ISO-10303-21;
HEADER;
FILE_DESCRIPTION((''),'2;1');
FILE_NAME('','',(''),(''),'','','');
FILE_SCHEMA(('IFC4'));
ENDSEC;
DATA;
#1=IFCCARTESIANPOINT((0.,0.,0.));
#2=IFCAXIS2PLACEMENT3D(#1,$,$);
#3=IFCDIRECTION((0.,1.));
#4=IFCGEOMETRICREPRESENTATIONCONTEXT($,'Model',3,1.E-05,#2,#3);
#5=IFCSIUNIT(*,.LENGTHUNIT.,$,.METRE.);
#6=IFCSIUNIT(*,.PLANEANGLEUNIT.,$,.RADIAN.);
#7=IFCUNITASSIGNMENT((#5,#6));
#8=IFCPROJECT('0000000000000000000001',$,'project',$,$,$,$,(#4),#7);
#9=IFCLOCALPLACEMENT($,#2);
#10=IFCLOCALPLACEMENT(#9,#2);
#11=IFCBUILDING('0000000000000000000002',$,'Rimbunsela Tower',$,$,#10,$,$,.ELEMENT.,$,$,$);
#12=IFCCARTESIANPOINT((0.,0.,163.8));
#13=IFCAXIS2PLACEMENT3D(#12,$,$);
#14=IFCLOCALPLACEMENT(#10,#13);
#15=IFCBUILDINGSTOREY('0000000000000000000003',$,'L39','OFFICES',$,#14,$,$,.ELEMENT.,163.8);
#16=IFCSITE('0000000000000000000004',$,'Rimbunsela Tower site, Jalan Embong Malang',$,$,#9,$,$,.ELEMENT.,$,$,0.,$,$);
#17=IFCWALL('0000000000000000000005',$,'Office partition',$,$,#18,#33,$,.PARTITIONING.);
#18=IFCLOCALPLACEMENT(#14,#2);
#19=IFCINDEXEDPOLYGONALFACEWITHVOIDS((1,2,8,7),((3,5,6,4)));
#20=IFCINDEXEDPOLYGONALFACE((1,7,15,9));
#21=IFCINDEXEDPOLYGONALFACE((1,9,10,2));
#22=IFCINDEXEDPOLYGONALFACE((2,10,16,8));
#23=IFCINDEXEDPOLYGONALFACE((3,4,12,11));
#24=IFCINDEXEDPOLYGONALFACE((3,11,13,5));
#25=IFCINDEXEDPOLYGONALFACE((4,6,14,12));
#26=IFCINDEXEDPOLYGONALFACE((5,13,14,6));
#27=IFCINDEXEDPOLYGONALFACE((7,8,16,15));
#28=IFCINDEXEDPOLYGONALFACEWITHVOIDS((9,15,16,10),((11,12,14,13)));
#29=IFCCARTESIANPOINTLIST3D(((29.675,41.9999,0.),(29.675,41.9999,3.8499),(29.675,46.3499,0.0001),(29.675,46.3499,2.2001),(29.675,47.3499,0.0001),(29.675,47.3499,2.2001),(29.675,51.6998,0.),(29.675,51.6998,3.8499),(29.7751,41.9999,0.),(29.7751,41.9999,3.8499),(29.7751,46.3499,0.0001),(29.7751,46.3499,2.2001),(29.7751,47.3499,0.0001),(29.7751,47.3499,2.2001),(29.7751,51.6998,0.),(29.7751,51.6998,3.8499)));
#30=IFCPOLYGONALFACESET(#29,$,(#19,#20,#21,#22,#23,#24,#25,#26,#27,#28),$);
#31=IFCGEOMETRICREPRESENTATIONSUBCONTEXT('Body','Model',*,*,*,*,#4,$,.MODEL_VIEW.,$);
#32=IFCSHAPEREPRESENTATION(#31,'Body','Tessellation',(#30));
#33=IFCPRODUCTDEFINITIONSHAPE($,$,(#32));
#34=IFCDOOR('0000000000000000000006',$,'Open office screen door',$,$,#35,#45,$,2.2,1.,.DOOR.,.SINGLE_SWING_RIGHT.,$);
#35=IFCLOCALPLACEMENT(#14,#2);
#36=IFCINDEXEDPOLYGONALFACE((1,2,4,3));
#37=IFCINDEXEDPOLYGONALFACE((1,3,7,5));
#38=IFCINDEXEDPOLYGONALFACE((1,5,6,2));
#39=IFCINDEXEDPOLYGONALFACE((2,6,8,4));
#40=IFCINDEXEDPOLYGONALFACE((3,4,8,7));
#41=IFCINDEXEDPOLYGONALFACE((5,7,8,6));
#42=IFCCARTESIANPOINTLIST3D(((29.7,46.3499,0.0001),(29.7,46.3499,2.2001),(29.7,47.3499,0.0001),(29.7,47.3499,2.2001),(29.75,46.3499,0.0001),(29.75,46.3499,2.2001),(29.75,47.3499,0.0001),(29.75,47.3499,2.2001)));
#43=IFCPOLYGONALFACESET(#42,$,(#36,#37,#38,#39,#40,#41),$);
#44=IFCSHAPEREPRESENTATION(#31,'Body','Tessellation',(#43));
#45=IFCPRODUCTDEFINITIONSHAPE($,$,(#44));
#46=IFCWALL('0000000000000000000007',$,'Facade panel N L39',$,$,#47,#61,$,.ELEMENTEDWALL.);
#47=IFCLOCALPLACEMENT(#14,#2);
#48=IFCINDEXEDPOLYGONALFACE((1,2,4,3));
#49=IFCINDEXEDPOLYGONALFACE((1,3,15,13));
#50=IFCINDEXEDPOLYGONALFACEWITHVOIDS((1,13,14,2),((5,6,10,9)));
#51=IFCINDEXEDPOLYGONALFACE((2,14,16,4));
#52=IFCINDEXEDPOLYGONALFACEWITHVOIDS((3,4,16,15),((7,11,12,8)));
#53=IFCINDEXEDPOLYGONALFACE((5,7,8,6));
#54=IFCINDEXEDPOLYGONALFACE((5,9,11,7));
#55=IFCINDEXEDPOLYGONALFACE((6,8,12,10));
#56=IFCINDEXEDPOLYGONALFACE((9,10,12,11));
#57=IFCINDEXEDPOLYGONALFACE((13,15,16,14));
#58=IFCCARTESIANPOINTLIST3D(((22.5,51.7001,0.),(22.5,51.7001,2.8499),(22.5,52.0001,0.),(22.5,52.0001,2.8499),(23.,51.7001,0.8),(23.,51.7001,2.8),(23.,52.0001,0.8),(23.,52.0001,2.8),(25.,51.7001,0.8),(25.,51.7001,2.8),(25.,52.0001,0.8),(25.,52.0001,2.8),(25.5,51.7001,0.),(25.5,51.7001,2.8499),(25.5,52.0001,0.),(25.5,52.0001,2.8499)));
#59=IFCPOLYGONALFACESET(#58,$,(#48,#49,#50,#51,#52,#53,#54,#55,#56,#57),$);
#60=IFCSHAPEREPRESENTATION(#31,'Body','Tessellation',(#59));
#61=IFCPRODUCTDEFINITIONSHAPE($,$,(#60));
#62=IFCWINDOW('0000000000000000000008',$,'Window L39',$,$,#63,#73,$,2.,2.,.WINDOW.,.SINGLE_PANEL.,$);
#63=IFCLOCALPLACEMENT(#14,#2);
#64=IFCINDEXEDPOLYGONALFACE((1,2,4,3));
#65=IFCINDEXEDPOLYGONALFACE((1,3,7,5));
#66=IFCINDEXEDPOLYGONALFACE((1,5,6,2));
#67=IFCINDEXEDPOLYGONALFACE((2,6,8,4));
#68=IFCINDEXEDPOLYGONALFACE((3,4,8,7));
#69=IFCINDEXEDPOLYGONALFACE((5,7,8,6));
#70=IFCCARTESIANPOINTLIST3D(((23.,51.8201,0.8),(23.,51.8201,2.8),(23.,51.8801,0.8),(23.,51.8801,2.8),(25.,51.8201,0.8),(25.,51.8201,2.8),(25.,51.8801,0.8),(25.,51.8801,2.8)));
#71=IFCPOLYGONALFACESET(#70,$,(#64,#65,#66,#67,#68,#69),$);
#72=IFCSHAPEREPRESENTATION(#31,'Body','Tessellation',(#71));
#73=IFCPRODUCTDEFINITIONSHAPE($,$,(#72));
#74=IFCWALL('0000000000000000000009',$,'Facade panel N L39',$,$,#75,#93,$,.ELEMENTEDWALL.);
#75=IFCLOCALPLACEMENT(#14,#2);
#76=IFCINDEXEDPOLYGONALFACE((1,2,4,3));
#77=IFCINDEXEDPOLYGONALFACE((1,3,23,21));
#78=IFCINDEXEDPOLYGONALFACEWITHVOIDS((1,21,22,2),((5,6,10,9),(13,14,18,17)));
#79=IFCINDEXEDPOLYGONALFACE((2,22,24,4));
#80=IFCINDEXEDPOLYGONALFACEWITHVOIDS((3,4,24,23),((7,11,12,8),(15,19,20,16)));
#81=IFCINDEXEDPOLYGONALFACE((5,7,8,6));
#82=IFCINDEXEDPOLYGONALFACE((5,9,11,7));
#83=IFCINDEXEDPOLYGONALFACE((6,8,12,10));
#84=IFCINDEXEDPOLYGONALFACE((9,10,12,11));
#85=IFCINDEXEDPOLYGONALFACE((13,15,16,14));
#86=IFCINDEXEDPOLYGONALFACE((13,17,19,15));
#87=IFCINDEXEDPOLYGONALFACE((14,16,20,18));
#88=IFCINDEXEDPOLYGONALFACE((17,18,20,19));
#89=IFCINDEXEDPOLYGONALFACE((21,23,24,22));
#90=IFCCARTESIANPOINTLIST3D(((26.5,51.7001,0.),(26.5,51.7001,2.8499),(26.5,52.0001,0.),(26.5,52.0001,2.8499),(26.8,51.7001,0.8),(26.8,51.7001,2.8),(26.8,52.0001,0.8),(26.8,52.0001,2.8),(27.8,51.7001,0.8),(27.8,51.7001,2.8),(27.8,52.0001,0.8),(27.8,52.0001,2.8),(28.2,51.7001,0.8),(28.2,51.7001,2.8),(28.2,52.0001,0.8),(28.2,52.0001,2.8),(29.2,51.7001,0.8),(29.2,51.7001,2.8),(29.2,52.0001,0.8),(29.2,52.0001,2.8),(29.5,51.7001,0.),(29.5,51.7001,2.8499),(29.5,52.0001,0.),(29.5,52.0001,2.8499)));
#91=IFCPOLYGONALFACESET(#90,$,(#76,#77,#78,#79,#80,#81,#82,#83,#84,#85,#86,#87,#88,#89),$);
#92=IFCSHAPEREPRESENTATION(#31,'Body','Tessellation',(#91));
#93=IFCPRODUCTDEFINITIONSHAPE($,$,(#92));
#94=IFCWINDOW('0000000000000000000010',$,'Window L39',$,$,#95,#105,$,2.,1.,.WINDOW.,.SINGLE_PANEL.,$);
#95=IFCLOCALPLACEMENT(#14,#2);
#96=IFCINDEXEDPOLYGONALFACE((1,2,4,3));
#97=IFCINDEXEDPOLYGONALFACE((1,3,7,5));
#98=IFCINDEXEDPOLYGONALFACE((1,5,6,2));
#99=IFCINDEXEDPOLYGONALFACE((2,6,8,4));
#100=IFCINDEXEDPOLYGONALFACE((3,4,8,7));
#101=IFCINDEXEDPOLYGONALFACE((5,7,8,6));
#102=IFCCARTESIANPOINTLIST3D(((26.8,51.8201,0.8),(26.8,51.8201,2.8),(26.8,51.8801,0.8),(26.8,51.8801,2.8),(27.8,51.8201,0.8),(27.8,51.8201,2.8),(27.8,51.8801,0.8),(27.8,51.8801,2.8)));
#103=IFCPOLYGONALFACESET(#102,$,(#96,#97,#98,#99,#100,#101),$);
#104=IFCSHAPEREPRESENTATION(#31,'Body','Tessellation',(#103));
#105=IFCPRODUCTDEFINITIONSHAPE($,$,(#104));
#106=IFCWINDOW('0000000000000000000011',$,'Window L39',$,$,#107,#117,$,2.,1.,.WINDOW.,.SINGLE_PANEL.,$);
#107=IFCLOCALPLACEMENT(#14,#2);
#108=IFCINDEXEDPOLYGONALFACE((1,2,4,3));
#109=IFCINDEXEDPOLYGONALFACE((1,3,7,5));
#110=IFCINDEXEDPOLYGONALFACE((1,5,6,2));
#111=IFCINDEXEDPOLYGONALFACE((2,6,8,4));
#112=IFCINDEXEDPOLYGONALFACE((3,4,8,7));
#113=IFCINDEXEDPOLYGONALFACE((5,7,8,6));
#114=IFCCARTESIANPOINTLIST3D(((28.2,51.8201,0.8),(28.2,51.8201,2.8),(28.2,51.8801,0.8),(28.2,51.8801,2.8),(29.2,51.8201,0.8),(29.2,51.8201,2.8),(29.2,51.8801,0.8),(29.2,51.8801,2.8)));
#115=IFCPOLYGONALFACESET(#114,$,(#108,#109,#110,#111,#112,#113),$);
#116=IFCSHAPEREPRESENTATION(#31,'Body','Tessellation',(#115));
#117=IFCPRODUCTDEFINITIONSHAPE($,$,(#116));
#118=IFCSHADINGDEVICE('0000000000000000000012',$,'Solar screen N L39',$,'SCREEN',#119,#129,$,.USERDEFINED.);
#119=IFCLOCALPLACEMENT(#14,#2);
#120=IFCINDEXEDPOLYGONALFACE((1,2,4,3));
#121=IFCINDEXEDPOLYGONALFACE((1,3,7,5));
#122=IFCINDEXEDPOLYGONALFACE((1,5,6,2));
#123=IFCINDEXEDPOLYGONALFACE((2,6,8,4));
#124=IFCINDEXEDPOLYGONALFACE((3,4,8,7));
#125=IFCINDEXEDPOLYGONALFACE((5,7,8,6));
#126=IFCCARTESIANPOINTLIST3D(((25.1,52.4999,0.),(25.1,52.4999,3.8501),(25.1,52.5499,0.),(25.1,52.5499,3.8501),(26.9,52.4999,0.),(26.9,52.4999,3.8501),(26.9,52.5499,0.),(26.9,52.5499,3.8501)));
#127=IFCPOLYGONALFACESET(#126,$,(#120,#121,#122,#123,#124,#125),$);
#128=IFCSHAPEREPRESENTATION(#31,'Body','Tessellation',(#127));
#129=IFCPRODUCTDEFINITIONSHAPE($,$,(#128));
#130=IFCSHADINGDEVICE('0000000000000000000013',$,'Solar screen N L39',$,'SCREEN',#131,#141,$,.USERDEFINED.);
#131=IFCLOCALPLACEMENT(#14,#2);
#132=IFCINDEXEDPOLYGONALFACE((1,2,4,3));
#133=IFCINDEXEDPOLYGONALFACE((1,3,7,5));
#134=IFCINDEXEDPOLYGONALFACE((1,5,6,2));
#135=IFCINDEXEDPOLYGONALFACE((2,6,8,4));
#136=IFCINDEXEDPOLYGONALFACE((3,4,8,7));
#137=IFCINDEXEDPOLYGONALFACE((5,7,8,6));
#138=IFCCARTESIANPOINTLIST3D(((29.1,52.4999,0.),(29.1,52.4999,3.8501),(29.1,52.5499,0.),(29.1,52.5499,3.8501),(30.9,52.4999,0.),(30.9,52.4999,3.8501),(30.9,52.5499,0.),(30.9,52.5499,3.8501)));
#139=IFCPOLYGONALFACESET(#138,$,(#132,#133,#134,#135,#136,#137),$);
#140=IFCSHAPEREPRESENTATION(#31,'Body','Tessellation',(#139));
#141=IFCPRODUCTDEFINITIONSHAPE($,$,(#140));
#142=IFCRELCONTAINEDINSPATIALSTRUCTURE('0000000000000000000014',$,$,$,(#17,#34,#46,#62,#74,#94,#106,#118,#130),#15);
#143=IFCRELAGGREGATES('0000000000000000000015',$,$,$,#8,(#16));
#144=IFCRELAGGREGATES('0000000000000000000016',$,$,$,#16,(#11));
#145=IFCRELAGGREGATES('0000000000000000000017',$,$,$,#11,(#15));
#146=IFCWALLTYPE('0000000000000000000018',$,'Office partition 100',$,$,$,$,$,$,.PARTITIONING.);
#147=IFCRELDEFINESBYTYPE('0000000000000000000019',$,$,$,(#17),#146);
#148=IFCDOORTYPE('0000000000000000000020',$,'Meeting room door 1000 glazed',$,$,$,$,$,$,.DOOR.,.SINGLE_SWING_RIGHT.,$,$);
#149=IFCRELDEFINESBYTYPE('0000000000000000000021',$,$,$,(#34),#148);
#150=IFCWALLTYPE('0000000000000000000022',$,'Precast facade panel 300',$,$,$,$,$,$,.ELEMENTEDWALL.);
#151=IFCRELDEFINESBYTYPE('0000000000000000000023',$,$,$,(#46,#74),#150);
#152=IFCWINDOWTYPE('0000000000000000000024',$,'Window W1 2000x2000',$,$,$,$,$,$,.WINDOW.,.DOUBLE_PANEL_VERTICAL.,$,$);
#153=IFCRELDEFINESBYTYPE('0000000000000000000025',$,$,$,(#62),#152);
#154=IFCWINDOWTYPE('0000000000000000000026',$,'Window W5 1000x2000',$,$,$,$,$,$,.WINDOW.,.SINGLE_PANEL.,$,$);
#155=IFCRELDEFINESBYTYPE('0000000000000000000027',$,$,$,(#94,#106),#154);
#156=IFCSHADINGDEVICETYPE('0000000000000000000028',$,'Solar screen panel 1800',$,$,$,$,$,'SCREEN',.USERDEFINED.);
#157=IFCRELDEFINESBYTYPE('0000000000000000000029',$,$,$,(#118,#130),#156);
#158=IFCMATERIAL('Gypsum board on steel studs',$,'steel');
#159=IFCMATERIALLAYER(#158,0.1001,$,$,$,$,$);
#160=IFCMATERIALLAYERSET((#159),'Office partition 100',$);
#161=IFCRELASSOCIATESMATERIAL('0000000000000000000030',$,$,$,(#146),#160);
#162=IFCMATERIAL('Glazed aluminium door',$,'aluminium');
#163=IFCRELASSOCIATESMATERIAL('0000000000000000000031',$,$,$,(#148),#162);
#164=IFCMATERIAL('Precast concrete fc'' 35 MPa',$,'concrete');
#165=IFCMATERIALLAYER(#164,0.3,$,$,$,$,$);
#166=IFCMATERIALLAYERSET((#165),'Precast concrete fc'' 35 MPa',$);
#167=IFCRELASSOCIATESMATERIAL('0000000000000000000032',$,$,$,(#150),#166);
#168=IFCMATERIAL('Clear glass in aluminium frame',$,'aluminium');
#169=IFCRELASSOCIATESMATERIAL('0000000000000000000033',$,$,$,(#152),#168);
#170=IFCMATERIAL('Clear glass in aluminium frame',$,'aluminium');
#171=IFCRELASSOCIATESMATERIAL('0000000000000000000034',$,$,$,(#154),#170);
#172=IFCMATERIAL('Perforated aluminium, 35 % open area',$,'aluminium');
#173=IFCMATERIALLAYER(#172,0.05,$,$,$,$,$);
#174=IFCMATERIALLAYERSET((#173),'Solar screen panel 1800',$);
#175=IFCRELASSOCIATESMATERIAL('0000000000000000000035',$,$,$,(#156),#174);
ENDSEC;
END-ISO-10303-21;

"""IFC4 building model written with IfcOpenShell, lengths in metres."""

from ifc_helpers import new_model, si_unit, direction, frame, frame_2d, origin, origin_2d, place, context, subcontext, project, spatial, rectangle, extrude, material, layer, layer_set, type_object, element, fill, save


model = new_model("IFC4")

# Units and contexts
model_context = context("Model", 3, precision=1e-05, world=origin(), true_north=direction((0.0, 1.0)))
body_context = subcontext(model_context, "Body", "Model", "MODEL_VIEW")
ifc_project = project(units=[si_unit("LENGTHUNIT", "METRE"), si_unit("PLANEANGLEUNIT", "RADIAN")], contexts=[model_context])

# Site, building, storey
site_placement = place(None, origin())
site = spatial("IfcSite", under=ifc_project, at=site_placement, Name="Rimbunsela Tower site, Jalan Embong Malang", CompositionType="ELEMENT", RefElevation=0.0)
building_placement = place(site_placement, origin())
building = spatial("IfcBuilding", under=site, at=building_placement, Name="Rimbunsela Tower", CompositionType="ELEMENT")
storey_placement = place(building_placement, frame((0.0, 0.0, 163.8)))
storey = spatial("IfcBuildingStorey", under=building, at=storey_placement, Name="L39", Description="OFFICES", CompositionType="ELEMENT", Elevation=163.8)

# Shared definitions
ifc_material_1 = material(Name="Gypsum board on steel studs", Category="steel")
ifc_layer_1 = layer(ifc_material_1, 0.1001)
ifc_layer_set_1 = layer_set([ifc_layer_1], Name="Office partition 100")
wall_type_1 = type_object("IfcWallType", Name="Office partition 100", PredefinedType="PARTITIONING", material=ifc_layer_set_1)

# Wall, opening, door
wall_1_placement = place(storey_placement, frame((29.7251, 51.7, 0.0), z_axis=(0.0, 0.0, 1.0), x_axis=(0.0, -1.0, 0.0)))
wall_1 = element("IfcWall", 1, at=wall_1_placement, inside=storey, type_object=wall_type_1, Name="Office partition", PredefinedType="PARTITIONING", context=body_context, shape_type="SweptSolid", body=[
    extrude(rectangle(XDim=9.7, YDim=0.1001, at=frame_2d((4.8501, 0.0))), origin(), (0.0, 0.0, 1.0), 3.8499),
])
opening_1_placement = place(wall_1_placement, frame((4.3501, 0.0, 0.0)))
opening_1 = element("IfcOpeningElement", 2, at=opening_1_placement, cuts=wall_1, PredefinedType="OPENING", context=body_context, shape_type="SweptSolid", body=[
    extrude(rectangle(XDim=1.0, YDim=2.2, at=frame_2d((0.5, 1.1001))), frame((0.0, 0.0601, 0.0), z_axis=(0.0, -1.0, 0.0), x_axis=(1.0, 0.0, 0.0)), (0.0, 0.0, 1.0), 0.1201),
])
ifc_material_2 = material(Name="Glazed aluminium door", Category="aluminium")
door_type_1 = type_object("IfcDoorType", Name="Meeting room door 1000 glazed", OperationType="SINGLE_SWING_RIGHT", PredefinedType="DOOR", material=ifc_material_2)
door_1_placement = place(opening_1_placement, origin())
door_1 = element("IfcDoor", 3, at=door_1_placement, inside=storey, type_object=door_type_1, Name="Open office screen door", OperationType="SINGLE_SWING_RIGHT", OverallHeight=2.2, OverallWidth=1.0, PredefinedType="DOOR", context=body_context, shape_type="SweptSolid", body=[
    extrude(rectangle(XDim=1.0, YDim=2.2, at=frame_2d((0.5, 1.1001))), frame((0.0, 0.0249, 0.0), z_axis=(0.0, -1.0, 0.0), x_axis=(1.0, 0.0, 0.0)), (0.0, 0.0, 1.0), 0.05),
])
fill(opening_1, door_1)

# Wall, opening, window
ifc_material_3 = material(Name="Precast concrete fc' 35 MPa", Category="concrete")
ifc_layer_2 = layer(ifc_material_3, 0.3)
ifc_layer_set_2 = layer_set([ifc_layer_2], Name="Precast concrete fc' 35 MPa")
wall_type_2 = type_object("IfcWallType", Name="Precast facade panel 300", PredefinedType="ELEMENTEDWALL", material=ifc_layer_set_2)
wall_2_placement = place(storey_placement, frame((25.5, 51.8501, 0.0), z_axis=(0.0, 0.0, 1.0), x_axis=(-1.0, 0.0, 0.0)))
wall_2 = element("IfcWall", 4, at=wall_2_placement, inside=storey, type_object=wall_type_2, Name="Facade panel N L39", PredefinedType="ELEMENTEDWALL", context=body_context, shape_type="SweptSolid", body=[
    extrude(rectangle(XDim=3.0, YDim=0.3, at=frame_2d((1.5, 0.0))), origin(), (0.0, 0.0, 1.0), 2.8499),
])
opening_2_placement = place(wall_2_placement, frame((0.5, 0.0, 0.8)))
opening_2 = element("IfcOpeningElement", 5, at=opening_2_placement, cuts=wall_2, PredefinedType="OPENING", context=body_context, shape_type="SweptSolid", body=[
    extrude(rectangle(XDim=2.0, YDim=2.0, at=frame_2d((1.0, 1.0))), frame((0.0, 0.1599, 0.0), z_axis=(0.0, -1.0, 0.0), x_axis=(1.0, 0.0, 0.0)), (0.0, 0.0, 1.0), 0.3201),
])
ifc_material_4 = material(Name="Clear glass in aluminium frame", Category="aluminium")
window_type_1 = type_object("IfcWindowType", Name="Window W1 2000x2000", PartitioningType="DOUBLE_PANEL_VERTICAL", PredefinedType="WINDOW", material=ifc_material_4)
window_1_placement = place(opening_2_placement, origin())
window_1 = element("IfcWindow", 6, at=window_1_placement, inside=storey, type_object=window_type_1, Name="Window L39", OverallHeight=2.0, OverallWidth=2.0, PartitioningType="SINGLE_PANEL", PredefinedType="WINDOW", context=body_context, shape_type="SweptSolid", body=[
    extrude(rectangle(XDim=2.0, YDim=2.0, at=frame_2d((1.0, 1.0))), frame((0.0, 0.03, 0.0), z_axis=(0.0, -1.0, 0.0), x_axis=(1.0, 0.0, 0.0)), (0.0, 0.0, 1.0), 0.0601),
])
fill(opening_2, window_1)

# Wall, openings, windows
wall_3_placement = place(storey_placement, frame((29.5, 51.8501, 0.0), z_axis=(0.0, 0.0, 1.0), x_axis=(-1.0, 0.0, 0.0)))
wall_3 = element("IfcWall", 7, at=wall_3_placement, inside=storey, type_object=wall_type_2, Name="Facade panel N L39", PredefinedType="ELEMENTEDWALL", context=body_context, shape_type="SweptSolid", body=[
    extrude(rectangle(XDim=3.0, YDim=0.3, at=frame_2d((1.5, 0.0))), origin(), (0.0, 0.0, 1.0), 2.8499),
])
opening_3_placement = place(wall_3_placement, frame((1.7, 0.0, 0.8)))
opening_3 = element("IfcOpeningElement", 8, at=opening_3_placement, cuts=wall_3, PredefinedType="OPENING", context=body_context, shape_type="SweptSolid", body=[
    extrude(rectangle(XDim=1.0, YDim=2.0, at=frame_2d((0.5, 1.0))), frame((0.0, 0.1599, 0.0), z_axis=(0.0, -1.0, 0.0), x_axis=(1.0, 0.0, 0.0)), (0.0, 0.0, 1.0), 0.3201),
])
opening_4_placement = place(wall_3_placement, frame((0.3, 0.0, 0.8)))
opening_4 = element("IfcOpeningElement", 9, at=opening_4_placement, cuts=wall_3, PredefinedType="OPENING", context=body_context, shape_type="SweptSolid", body=[
    extrude(rectangle(XDim=1.0, YDim=2.0, at=frame_2d((0.5, 1.0))), frame((0.0, 0.1599, 0.0), z_axis=(0.0, -1.0, 0.0), x_axis=(1.0, 0.0, 0.0)), (0.0, 0.0, 1.0), 0.3201),
])
ifc_material_5 = material(Name="Clear glass in aluminium frame", Category="aluminium")
window_type_2 = type_object("IfcWindowType", Name="Window W5 1000x2000", PartitioningType="SINGLE_PANEL", PredefinedType="WINDOW", material=ifc_material_5)
window_2_placement = place(opening_3_placement, origin())
window_2 = element("IfcWindow", 10, at=window_2_placement, inside=storey, type_object=window_type_2, Name="Window L39", OverallHeight=2.0, OverallWidth=1.0, PartitioningType="SINGLE_PANEL", PredefinedType="WINDOW", context=body_context, shape_type="SweptSolid", body=[
    extrude(rectangle(XDim=1.0, YDim=2.0, at=frame_2d((0.5, 1.0))), frame((0.0, 0.03, 0.0), z_axis=(0.0, -1.0, 0.0), x_axis=(1.0, 0.0, 0.0)), (0.0, 0.0, 1.0), 0.0601),
])
fill(opening_3, window_2)
window_3_placement = place(opening_4_placement, origin())
window_3 = element("IfcWindow", 11, at=window_3_placement, inside=storey, type_object=window_type_2, Name="Window L39", OverallHeight=2.0, OverallWidth=1.0, PartitioningType="SINGLE_PANEL", PredefinedType="WINDOW", context=body_context, shape_type="SweptSolid", body=[
    extrude(rectangle(XDim=1.0, YDim=2.0, at=frame_2d((0.5, 1.0))), frame((0.0, 0.03, 0.0), z_axis=(0.0, -1.0, 0.0), x_axis=(1.0, 0.0, 0.0)), (0.0, 0.0, 1.0), 0.0601),
])
fill(opening_4, window_3)

# Shading devices
ifc_material_6 = material(Name="Perforated aluminium, 35 % open area", Category="aluminium")
ifc_layer_3 = layer(ifc_material_6, 0.05)
ifc_layer_set_3 = layer_set([ifc_layer_3], Name="Solar screen panel 1800")
shading_device_type = type_object("IfcShadingDeviceType", Name="Solar screen panel 1800", ElementType="SCREEN", PredefinedType="USERDEFINED", material=ifc_layer_set_3)
for number, where, z_axis, x_axis, name in (
    (12, (26.0, 52.5249, 0.0), (0.0, 0.0, 1.0), (1.0, 0.0, 0.0), "Solar screen N L39"),
    (13, (30.0, 52.5249, 0.0), (0.0, 0.0, 1.0), (1.0, 0.0, 0.0), "Solar screen N L39"),
):
    element("IfcShadingDevice", number, at=place(storey_placement, frame(where, z_axis=z_axis, x_axis=x_axis)), inside=storey, type_object=shading_device_type, Name=name, ObjectType="SCREEN", PredefinedType="USERDEFINED", context=body_context, shape_type="SweptSolid", body=[
        extrude(rectangle(XDim=1.8, YDim=0.05, at=origin_2d()), origin(), (0.0, 0.0, 1.0), 3.8501),
    ])

save(model, "model.ifc")
